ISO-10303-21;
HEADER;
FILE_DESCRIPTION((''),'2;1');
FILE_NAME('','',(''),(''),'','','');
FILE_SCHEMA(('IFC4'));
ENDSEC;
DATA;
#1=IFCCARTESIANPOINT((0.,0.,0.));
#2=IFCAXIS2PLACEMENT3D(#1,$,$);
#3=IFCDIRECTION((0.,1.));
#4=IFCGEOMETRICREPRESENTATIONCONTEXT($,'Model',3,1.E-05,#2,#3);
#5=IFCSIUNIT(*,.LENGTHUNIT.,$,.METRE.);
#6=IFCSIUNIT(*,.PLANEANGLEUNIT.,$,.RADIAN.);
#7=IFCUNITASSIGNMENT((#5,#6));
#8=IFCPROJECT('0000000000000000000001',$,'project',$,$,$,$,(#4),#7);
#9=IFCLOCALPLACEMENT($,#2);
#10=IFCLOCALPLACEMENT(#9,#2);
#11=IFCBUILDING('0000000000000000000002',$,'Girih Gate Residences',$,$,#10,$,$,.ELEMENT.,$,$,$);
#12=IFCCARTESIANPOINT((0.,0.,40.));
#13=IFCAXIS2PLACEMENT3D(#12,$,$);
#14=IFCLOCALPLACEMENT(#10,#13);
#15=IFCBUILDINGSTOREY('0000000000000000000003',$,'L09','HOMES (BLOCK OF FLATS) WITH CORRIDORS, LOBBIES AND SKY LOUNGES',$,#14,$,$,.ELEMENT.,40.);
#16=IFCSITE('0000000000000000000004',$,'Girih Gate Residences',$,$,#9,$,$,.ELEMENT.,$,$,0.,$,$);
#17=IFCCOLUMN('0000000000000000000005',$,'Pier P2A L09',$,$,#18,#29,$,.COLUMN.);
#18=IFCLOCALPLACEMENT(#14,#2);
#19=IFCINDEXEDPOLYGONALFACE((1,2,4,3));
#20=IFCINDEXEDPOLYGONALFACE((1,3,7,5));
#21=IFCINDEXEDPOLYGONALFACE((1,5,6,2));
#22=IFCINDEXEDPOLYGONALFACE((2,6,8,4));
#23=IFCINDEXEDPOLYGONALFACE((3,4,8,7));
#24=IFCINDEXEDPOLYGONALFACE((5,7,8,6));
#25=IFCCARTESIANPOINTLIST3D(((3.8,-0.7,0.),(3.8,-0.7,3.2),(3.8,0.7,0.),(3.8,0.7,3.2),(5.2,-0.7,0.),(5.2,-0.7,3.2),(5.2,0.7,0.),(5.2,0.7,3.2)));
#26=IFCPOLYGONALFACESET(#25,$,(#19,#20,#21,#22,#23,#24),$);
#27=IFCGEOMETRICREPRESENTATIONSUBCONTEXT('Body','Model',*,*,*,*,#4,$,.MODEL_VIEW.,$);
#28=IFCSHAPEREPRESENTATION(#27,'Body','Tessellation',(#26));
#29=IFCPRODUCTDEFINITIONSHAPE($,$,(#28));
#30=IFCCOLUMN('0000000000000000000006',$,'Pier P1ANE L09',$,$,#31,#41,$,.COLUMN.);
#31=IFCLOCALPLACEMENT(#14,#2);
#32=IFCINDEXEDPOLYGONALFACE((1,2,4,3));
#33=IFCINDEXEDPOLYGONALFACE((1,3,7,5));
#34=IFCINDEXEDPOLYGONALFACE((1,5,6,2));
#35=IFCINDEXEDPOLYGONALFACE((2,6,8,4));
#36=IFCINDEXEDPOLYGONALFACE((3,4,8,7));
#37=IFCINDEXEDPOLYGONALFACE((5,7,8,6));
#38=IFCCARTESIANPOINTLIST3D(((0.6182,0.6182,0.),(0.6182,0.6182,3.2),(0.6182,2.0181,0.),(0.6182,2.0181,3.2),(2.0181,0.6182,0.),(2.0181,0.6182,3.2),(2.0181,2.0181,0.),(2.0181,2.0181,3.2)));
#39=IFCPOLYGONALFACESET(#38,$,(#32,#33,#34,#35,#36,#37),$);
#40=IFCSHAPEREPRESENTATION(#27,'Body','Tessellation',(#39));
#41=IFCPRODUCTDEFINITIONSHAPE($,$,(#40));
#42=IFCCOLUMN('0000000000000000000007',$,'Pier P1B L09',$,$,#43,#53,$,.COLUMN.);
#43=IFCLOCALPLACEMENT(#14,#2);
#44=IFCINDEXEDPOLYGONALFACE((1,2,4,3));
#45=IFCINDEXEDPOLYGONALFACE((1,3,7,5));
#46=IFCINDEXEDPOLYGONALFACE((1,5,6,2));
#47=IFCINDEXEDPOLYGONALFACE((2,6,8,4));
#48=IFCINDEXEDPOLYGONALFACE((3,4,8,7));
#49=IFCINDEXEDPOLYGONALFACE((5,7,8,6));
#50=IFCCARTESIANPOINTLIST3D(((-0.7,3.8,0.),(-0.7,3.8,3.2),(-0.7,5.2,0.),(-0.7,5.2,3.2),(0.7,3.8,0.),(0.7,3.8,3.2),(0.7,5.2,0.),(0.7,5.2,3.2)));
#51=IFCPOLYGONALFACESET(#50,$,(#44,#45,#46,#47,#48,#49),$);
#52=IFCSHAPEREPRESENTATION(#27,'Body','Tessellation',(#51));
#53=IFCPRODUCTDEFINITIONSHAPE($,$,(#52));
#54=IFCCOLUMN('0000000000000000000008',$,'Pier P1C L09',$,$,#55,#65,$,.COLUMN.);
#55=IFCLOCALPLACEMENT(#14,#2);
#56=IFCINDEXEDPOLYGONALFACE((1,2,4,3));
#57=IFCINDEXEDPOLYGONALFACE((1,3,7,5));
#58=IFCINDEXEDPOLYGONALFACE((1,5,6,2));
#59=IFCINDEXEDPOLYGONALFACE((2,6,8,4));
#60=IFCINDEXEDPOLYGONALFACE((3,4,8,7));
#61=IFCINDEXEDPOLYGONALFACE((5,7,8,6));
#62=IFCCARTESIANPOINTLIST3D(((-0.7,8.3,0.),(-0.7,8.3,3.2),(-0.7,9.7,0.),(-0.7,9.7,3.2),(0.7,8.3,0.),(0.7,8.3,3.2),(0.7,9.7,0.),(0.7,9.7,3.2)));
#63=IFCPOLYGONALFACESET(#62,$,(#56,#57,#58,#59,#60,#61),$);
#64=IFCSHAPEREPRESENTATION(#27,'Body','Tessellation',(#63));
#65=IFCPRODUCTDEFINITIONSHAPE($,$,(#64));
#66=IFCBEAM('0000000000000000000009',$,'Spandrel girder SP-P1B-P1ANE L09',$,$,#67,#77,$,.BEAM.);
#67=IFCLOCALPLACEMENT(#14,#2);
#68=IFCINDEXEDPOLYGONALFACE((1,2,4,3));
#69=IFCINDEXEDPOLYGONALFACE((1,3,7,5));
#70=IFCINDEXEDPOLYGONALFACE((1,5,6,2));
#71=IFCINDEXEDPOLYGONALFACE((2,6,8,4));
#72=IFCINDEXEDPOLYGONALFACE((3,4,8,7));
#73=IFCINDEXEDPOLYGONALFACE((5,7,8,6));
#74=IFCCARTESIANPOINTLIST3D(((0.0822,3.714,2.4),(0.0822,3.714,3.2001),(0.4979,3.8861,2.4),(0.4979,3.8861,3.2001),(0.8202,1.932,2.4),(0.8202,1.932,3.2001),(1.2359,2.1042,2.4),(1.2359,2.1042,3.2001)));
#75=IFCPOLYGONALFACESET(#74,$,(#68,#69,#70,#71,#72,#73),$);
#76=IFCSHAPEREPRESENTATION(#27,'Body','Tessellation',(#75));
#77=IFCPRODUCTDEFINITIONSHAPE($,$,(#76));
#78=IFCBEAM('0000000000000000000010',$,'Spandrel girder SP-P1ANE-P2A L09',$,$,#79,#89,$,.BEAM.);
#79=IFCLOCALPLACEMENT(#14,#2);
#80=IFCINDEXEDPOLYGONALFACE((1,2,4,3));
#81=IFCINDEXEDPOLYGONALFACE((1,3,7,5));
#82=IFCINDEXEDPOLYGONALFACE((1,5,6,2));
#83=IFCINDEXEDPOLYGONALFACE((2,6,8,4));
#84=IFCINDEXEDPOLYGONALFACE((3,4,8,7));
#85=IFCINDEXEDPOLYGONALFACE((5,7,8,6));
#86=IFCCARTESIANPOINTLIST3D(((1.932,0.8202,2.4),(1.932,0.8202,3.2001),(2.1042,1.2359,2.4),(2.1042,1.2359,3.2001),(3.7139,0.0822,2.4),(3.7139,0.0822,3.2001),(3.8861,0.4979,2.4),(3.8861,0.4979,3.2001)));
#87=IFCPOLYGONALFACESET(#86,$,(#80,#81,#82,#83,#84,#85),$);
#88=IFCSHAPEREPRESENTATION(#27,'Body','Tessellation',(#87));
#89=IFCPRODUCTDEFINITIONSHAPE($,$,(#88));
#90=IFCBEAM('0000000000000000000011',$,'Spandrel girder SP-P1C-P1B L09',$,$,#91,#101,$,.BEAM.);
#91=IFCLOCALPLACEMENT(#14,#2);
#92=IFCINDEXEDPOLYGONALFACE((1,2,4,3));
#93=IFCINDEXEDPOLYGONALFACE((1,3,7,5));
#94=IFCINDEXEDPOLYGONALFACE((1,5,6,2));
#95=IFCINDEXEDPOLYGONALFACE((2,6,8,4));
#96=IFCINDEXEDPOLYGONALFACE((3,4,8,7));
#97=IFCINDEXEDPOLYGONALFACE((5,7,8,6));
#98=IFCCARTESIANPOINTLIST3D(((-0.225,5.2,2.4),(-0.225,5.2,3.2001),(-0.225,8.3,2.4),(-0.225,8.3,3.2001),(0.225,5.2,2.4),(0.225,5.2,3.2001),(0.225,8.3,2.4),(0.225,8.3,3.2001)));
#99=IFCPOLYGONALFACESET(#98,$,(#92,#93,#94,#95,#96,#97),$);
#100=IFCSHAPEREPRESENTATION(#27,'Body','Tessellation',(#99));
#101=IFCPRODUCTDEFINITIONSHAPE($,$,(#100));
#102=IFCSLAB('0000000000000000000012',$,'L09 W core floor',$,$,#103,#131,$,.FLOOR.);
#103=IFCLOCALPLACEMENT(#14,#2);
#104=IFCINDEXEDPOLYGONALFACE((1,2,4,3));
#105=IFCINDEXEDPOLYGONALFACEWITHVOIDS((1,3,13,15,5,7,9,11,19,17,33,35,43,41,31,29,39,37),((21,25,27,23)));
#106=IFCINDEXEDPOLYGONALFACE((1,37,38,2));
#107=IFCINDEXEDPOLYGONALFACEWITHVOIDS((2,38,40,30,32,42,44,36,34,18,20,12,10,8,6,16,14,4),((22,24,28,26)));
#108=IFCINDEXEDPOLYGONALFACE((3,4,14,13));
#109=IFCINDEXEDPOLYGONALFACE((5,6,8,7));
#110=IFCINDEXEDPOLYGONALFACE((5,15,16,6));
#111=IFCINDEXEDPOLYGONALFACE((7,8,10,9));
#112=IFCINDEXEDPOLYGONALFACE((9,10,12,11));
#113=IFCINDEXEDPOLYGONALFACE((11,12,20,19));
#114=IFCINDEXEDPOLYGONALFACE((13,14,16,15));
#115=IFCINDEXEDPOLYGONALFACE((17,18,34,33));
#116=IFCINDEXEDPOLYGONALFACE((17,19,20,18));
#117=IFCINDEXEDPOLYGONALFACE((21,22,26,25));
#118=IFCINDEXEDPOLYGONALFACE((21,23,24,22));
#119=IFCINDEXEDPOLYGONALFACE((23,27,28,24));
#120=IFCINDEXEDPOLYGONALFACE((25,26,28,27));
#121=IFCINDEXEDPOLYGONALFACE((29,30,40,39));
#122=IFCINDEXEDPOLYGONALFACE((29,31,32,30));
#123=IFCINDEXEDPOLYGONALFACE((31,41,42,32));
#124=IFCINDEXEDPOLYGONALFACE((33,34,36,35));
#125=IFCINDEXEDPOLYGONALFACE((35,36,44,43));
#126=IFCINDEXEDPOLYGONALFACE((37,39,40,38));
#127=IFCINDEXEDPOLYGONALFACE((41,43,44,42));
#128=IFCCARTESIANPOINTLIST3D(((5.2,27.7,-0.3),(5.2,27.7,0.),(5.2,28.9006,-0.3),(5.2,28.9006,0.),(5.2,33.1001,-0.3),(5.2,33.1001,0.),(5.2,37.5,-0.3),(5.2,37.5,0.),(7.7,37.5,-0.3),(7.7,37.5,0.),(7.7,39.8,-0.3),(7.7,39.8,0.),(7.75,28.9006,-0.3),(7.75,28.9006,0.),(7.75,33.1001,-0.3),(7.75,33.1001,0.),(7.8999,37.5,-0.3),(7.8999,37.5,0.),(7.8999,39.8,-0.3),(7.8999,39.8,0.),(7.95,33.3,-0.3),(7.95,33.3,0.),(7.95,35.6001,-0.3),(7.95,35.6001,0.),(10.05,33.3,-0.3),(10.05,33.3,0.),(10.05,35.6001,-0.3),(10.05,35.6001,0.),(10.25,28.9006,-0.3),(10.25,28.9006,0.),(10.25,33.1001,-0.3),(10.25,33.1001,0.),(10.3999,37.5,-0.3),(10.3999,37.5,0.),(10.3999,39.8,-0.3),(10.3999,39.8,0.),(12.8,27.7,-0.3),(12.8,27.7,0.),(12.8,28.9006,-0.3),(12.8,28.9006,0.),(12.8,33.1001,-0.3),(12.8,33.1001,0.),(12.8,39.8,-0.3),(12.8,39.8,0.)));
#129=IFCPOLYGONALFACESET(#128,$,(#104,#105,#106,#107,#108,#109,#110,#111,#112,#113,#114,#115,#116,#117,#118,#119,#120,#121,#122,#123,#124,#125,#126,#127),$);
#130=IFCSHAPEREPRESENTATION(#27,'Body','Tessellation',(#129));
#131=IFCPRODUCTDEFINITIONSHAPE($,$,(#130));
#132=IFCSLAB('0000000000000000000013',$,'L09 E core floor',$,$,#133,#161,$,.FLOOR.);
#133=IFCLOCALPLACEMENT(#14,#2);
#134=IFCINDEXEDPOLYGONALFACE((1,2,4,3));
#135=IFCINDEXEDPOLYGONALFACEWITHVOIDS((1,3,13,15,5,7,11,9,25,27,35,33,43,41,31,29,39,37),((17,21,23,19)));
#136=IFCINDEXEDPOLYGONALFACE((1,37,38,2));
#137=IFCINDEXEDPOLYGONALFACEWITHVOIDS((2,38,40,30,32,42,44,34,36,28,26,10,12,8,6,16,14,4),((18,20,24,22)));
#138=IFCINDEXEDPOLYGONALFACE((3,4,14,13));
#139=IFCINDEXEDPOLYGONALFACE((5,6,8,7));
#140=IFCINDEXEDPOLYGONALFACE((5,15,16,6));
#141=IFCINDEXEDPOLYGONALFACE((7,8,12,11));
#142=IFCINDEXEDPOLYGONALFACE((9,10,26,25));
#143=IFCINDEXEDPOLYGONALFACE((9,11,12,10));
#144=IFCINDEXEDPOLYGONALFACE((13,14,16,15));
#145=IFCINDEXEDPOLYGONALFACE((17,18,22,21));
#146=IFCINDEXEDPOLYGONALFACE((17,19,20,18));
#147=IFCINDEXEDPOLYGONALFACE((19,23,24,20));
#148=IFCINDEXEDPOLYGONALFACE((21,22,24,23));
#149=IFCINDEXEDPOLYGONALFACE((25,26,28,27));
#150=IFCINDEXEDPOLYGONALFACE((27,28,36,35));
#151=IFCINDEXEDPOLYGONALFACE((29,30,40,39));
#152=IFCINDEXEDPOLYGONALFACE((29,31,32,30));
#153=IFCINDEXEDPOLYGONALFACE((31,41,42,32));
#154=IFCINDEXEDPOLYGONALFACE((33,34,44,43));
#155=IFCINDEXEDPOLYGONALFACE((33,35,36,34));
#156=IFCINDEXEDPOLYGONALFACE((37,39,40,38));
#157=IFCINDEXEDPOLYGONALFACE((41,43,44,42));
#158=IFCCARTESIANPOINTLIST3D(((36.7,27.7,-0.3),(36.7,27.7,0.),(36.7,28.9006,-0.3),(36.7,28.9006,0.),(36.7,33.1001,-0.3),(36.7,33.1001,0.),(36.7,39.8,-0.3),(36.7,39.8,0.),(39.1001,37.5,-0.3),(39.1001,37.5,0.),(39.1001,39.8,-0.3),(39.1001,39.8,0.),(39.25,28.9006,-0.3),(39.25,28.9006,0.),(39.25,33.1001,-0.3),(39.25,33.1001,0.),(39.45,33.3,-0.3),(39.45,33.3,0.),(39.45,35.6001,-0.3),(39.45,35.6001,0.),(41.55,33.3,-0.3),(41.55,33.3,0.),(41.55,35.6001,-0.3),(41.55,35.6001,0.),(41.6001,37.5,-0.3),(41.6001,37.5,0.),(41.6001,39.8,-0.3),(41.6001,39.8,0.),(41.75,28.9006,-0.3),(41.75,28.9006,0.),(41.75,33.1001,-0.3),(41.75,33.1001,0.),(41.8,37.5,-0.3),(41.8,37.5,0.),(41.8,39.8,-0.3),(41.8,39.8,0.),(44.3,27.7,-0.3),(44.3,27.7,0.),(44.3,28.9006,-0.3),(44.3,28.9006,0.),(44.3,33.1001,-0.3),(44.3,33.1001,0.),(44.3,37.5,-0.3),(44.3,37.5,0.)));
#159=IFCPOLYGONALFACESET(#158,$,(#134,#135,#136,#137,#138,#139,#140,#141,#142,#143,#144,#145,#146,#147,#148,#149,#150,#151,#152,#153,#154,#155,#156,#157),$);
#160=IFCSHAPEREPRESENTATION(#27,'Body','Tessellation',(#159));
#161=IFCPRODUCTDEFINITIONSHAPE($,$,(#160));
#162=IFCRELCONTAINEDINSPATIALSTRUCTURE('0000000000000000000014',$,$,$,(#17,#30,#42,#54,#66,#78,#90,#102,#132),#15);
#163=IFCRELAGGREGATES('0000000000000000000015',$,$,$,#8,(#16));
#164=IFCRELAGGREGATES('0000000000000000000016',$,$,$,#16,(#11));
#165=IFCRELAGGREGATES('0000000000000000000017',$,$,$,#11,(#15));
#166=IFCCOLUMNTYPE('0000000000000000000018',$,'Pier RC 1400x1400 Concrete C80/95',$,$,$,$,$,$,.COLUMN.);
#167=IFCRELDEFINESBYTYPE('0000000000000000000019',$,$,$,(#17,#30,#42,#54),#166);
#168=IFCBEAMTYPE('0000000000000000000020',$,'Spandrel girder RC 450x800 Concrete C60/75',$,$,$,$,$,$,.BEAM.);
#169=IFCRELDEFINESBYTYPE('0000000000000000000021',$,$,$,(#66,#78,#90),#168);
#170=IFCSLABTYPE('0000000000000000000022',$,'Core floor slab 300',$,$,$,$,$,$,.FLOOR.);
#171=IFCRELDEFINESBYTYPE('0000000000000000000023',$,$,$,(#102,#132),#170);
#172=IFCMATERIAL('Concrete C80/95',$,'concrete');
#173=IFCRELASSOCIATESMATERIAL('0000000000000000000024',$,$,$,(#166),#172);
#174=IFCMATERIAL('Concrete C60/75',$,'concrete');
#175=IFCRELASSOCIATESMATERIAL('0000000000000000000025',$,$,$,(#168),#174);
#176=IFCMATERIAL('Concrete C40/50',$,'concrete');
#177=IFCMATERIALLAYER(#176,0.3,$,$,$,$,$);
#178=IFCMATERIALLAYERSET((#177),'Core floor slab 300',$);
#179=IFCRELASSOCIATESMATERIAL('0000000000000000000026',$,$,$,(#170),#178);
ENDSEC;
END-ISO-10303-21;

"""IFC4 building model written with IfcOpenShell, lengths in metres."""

from ifc_helpers import new_model, si_unit, direction, frame, origin, origin_2d, place, context, subcontext, project, spatial, polyline, rectangle, outline, extrude, material, layer, layer_set, material_profile, profile_set, type_object, element, save


model = new_model("IFC4")

# Units and contexts
model_context = context("Model", 3, precision=1e-05, world=origin(), true_north=direction((0.0, 1.0)))
body_context = subcontext(model_context, "Body", "Model", "MODEL_VIEW")
ifc_project = project(units=[si_unit("LENGTHUNIT", "METRE"), si_unit("PLANEANGLEUNIT", "RADIAN")], contexts=[model_context])

# Site, building, storey
site_placement = place(None, origin())
site = spatial("IfcSite", under=ifc_project, at=site_placement, Name="Girih Gate Residences", CompositionType="ELEMENT", RefElevation=0.0)
building_placement = place(site_placement, origin())
building = spatial("IfcBuilding", under=site, at=building_placement, Name="Girih Gate Residences", CompositionType="ELEMENT")
storey_placement = place(building_placement, frame((0.0, 0.0, 40.0)))
storey = spatial("IfcBuildingStorey", under=building, at=storey_placement, Name="L09", Description="HOMES (BLOCK OF FLATS) WITH CORRIDORS, LOBBIES AND SKY LOUNGES", CompositionType="ELEMENT", Elevation=40.0)

# Columns
ifc_material_1 = material(Name="Concrete C80/95", Category="concrete")
ifc_material_profile_1 = material_profile(ifc_material_1, rectangle(XDim=1.3999, YDim=1.3999, at=origin_2d()))
ifc_profile_set_1 = profile_set([ifc_material_profile_1], Name="Concrete C80/95")
column_type = type_object("IfcColumnType", Name="Pier RC 1400x1400 Concrete C80/95", PredefinedType="COLUMN", material=ifc_profile_set_1)
for number, where, z_axis, x_axis, name in (
    (1, (4.5, 0.0, 0.0), (0.0, 0.0, 1.0), (1.0, 0.0, 0.0), "Pier P2A L09"),
    (2, (1.3181, 1.3181, 0.0), (0.0, 0.0, 1.0), (1.0, 0.0, 0.0), "Pier P1ANE L09"),
    (3, (0.0, 4.5, 0.0), (0.0, 0.0, 1.0), (1.0, 0.0, 0.0), "Pier P1B L09"),
    (4, (0.0, 9.0, 0.0), (0.0, 0.0, 1.0), (1.0, 0.0, 0.0), "Pier P1C L09"),
):
    element("IfcColumn", number, at=place(storey_placement, frame(where, z_axis=z_axis, x_axis=x_axis)), inside=storey, type_object=column_type, Name=name, PredefinedType="COLUMN", context=body_context, shape_type="SweptSolid", body=[
        extrude(rectangle(XDim=1.3999, YDim=1.3999, at=origin_2d()), origin(), (0.0, 0.0, 1.0), 3.2),
    ])

# Beams
ifc_material_2 = material(Name="Concrete C60/75", Category="concrete")
ifc_material_profile_2 = material_profile(ifc_material_2, rectangle(XDim=0.45, YDim=0.8, at=origin_2d()))
ifc_profile_set_2 = profile_set([ifc_material_profile_2], Name="Concrete C60/75")
beam_type = type_object("IfcBeamType", Name="Spandrel girder RC 450x800 Concrete C60/75", PredefinedType="BEAM", material=ifc_profile_set_2)
for number, where, z_axis, x_axis, name in (
    (5, (0.29, 3.8, 2.8), (0.382646, -0.923895, 0.0), (0.923895, 0.382646, 0.0), "Spandrel girder SP-P1B-P1ANE L09"),
    (6, (2.0181, 1.0281, 2.8), (0.923895, -0.382646, 0.0), (0.382646, 0.923895, 0.0), "Spandrel girder SP-P1ANE-P2A L09"),
):
    element("IfcBeam", number, at=place(storey_placement, frame(where, z_axis=z_axis, x_axis=x_axis)), inside=storey, type_object=beam_type, Name=name, PredefinedType="BEAM", context=body_context, shape_type="SweptSolid", body=[
        extrude(rectangle(XDim=0.45, YDim=0.8, at=origin_2d()), origin(), (0.0, 0.0, 1.0), 1.9287),
    ])
beam_placement = place(storey_placement, frame((0.0, 8.3, 2.8), z_axis=(0.0, -1.0, 0.0), x_axis=(1.0, 0.0, 0.0)))
element("IfcBeam", 7, at=beam_placement, inside=storey, type_object=beam_type, Name="Spandrel girder SP-P1C-P1B L09", PredefinedType="BEAM", context=body_context, shape_type="SweptSolid", body=[
    extrude(rectangle(XDim=0.45, YDim=0.8, at=origin_2d()), origin(), (0.0, 0.0, 1.0), 3.1001),
])

# Slabs
ifc_material_3 = material(Name="Concrete C40/50", Category="concrete")
ifc_layer_1 = layer(ifc_material_3, 0.3)
ifc_layer_set_1 = layer_set([ifc_layer_1], Name="Core floor slab 300")
slab_type_1 = type_object("IfcSlabType", Name="Core floor slab 300", PredefinedType="FLOOR", material=ifc_layer_set_1)
slab_1_placement = place(storey_placement, frame((0.0, 0.0, -0.3)))
element("IfcSlab", 8, at=slab_1_placement, inside=storey, type_object=slab_type_1, Name="L09 W core floor", PredefinedType="FLOOR", context=body_context, shape_type="SweptSolid", body=[
    extrude(outline(polyline([(12.8, 27.7), (5.2, 27.7), (5.2, 28.9006), (7.75, 28.9006), (7.75, 33.1001), (5.2, 33.1001), (5.2, 37.5), (7.7, 37.5), (7.7, 39.8), (7.8999, 39.8), (7.8999, 37.5), (10.3999, 37.5), (10.3999, 39.8), (12.8, 39.8), (12.8, 33.1001), (10.25, 33.1001), (10.25, 28.9006), (12.8, 28.9006), (12.8, 27.7)]), holes=[polyline([(7.95, 33.3), (10.05, 33.3), (10.05, 35.6001), (7.95, 35.6001), (7.95, 33.3)])]), origin(), (0.0, 0.0, 1.0), 0.3),
])
slab_2_placement = place(storey_placement, frame((0.0, 0.0, -0.3)))
element("IfcSlab", 9, at=slab_2_placement, inside=storey, type_object=slab_type_1, Name="L09 E core floor", PredefinedType="FLOOR", context=body_context, shape_type="SweptSolid", body=[
    extrude(outline(polyline([(44.3, 27.7), (36.7, 27.7), (36.7, 28.9006), (39.25, 28.9006), (39.25, 33.1001), (36.7, 33.1001), (36.7, 39.8), (39.1001, 39.8), (39.1001, 37.5), (41.6001, 37.5), (41.6001, 39.8), (41.8, 39.8), (41.8, 37.5), (44.3, 37.5), (44.3, 33.1001), (41.75, 33.1001), (41.75, 28.9006), (44.3, 28.9006), (44.3, 27.7)]), holes=[polyline([(39.45, 33.3), (41.55, 33.3), (41.55, 35.6001), (39.45, 35.6001), (39.45, 33.3)])]), origin(), (0.0, 0.0, 1.0), 0.3),
])

save(model, "model.ifc")
